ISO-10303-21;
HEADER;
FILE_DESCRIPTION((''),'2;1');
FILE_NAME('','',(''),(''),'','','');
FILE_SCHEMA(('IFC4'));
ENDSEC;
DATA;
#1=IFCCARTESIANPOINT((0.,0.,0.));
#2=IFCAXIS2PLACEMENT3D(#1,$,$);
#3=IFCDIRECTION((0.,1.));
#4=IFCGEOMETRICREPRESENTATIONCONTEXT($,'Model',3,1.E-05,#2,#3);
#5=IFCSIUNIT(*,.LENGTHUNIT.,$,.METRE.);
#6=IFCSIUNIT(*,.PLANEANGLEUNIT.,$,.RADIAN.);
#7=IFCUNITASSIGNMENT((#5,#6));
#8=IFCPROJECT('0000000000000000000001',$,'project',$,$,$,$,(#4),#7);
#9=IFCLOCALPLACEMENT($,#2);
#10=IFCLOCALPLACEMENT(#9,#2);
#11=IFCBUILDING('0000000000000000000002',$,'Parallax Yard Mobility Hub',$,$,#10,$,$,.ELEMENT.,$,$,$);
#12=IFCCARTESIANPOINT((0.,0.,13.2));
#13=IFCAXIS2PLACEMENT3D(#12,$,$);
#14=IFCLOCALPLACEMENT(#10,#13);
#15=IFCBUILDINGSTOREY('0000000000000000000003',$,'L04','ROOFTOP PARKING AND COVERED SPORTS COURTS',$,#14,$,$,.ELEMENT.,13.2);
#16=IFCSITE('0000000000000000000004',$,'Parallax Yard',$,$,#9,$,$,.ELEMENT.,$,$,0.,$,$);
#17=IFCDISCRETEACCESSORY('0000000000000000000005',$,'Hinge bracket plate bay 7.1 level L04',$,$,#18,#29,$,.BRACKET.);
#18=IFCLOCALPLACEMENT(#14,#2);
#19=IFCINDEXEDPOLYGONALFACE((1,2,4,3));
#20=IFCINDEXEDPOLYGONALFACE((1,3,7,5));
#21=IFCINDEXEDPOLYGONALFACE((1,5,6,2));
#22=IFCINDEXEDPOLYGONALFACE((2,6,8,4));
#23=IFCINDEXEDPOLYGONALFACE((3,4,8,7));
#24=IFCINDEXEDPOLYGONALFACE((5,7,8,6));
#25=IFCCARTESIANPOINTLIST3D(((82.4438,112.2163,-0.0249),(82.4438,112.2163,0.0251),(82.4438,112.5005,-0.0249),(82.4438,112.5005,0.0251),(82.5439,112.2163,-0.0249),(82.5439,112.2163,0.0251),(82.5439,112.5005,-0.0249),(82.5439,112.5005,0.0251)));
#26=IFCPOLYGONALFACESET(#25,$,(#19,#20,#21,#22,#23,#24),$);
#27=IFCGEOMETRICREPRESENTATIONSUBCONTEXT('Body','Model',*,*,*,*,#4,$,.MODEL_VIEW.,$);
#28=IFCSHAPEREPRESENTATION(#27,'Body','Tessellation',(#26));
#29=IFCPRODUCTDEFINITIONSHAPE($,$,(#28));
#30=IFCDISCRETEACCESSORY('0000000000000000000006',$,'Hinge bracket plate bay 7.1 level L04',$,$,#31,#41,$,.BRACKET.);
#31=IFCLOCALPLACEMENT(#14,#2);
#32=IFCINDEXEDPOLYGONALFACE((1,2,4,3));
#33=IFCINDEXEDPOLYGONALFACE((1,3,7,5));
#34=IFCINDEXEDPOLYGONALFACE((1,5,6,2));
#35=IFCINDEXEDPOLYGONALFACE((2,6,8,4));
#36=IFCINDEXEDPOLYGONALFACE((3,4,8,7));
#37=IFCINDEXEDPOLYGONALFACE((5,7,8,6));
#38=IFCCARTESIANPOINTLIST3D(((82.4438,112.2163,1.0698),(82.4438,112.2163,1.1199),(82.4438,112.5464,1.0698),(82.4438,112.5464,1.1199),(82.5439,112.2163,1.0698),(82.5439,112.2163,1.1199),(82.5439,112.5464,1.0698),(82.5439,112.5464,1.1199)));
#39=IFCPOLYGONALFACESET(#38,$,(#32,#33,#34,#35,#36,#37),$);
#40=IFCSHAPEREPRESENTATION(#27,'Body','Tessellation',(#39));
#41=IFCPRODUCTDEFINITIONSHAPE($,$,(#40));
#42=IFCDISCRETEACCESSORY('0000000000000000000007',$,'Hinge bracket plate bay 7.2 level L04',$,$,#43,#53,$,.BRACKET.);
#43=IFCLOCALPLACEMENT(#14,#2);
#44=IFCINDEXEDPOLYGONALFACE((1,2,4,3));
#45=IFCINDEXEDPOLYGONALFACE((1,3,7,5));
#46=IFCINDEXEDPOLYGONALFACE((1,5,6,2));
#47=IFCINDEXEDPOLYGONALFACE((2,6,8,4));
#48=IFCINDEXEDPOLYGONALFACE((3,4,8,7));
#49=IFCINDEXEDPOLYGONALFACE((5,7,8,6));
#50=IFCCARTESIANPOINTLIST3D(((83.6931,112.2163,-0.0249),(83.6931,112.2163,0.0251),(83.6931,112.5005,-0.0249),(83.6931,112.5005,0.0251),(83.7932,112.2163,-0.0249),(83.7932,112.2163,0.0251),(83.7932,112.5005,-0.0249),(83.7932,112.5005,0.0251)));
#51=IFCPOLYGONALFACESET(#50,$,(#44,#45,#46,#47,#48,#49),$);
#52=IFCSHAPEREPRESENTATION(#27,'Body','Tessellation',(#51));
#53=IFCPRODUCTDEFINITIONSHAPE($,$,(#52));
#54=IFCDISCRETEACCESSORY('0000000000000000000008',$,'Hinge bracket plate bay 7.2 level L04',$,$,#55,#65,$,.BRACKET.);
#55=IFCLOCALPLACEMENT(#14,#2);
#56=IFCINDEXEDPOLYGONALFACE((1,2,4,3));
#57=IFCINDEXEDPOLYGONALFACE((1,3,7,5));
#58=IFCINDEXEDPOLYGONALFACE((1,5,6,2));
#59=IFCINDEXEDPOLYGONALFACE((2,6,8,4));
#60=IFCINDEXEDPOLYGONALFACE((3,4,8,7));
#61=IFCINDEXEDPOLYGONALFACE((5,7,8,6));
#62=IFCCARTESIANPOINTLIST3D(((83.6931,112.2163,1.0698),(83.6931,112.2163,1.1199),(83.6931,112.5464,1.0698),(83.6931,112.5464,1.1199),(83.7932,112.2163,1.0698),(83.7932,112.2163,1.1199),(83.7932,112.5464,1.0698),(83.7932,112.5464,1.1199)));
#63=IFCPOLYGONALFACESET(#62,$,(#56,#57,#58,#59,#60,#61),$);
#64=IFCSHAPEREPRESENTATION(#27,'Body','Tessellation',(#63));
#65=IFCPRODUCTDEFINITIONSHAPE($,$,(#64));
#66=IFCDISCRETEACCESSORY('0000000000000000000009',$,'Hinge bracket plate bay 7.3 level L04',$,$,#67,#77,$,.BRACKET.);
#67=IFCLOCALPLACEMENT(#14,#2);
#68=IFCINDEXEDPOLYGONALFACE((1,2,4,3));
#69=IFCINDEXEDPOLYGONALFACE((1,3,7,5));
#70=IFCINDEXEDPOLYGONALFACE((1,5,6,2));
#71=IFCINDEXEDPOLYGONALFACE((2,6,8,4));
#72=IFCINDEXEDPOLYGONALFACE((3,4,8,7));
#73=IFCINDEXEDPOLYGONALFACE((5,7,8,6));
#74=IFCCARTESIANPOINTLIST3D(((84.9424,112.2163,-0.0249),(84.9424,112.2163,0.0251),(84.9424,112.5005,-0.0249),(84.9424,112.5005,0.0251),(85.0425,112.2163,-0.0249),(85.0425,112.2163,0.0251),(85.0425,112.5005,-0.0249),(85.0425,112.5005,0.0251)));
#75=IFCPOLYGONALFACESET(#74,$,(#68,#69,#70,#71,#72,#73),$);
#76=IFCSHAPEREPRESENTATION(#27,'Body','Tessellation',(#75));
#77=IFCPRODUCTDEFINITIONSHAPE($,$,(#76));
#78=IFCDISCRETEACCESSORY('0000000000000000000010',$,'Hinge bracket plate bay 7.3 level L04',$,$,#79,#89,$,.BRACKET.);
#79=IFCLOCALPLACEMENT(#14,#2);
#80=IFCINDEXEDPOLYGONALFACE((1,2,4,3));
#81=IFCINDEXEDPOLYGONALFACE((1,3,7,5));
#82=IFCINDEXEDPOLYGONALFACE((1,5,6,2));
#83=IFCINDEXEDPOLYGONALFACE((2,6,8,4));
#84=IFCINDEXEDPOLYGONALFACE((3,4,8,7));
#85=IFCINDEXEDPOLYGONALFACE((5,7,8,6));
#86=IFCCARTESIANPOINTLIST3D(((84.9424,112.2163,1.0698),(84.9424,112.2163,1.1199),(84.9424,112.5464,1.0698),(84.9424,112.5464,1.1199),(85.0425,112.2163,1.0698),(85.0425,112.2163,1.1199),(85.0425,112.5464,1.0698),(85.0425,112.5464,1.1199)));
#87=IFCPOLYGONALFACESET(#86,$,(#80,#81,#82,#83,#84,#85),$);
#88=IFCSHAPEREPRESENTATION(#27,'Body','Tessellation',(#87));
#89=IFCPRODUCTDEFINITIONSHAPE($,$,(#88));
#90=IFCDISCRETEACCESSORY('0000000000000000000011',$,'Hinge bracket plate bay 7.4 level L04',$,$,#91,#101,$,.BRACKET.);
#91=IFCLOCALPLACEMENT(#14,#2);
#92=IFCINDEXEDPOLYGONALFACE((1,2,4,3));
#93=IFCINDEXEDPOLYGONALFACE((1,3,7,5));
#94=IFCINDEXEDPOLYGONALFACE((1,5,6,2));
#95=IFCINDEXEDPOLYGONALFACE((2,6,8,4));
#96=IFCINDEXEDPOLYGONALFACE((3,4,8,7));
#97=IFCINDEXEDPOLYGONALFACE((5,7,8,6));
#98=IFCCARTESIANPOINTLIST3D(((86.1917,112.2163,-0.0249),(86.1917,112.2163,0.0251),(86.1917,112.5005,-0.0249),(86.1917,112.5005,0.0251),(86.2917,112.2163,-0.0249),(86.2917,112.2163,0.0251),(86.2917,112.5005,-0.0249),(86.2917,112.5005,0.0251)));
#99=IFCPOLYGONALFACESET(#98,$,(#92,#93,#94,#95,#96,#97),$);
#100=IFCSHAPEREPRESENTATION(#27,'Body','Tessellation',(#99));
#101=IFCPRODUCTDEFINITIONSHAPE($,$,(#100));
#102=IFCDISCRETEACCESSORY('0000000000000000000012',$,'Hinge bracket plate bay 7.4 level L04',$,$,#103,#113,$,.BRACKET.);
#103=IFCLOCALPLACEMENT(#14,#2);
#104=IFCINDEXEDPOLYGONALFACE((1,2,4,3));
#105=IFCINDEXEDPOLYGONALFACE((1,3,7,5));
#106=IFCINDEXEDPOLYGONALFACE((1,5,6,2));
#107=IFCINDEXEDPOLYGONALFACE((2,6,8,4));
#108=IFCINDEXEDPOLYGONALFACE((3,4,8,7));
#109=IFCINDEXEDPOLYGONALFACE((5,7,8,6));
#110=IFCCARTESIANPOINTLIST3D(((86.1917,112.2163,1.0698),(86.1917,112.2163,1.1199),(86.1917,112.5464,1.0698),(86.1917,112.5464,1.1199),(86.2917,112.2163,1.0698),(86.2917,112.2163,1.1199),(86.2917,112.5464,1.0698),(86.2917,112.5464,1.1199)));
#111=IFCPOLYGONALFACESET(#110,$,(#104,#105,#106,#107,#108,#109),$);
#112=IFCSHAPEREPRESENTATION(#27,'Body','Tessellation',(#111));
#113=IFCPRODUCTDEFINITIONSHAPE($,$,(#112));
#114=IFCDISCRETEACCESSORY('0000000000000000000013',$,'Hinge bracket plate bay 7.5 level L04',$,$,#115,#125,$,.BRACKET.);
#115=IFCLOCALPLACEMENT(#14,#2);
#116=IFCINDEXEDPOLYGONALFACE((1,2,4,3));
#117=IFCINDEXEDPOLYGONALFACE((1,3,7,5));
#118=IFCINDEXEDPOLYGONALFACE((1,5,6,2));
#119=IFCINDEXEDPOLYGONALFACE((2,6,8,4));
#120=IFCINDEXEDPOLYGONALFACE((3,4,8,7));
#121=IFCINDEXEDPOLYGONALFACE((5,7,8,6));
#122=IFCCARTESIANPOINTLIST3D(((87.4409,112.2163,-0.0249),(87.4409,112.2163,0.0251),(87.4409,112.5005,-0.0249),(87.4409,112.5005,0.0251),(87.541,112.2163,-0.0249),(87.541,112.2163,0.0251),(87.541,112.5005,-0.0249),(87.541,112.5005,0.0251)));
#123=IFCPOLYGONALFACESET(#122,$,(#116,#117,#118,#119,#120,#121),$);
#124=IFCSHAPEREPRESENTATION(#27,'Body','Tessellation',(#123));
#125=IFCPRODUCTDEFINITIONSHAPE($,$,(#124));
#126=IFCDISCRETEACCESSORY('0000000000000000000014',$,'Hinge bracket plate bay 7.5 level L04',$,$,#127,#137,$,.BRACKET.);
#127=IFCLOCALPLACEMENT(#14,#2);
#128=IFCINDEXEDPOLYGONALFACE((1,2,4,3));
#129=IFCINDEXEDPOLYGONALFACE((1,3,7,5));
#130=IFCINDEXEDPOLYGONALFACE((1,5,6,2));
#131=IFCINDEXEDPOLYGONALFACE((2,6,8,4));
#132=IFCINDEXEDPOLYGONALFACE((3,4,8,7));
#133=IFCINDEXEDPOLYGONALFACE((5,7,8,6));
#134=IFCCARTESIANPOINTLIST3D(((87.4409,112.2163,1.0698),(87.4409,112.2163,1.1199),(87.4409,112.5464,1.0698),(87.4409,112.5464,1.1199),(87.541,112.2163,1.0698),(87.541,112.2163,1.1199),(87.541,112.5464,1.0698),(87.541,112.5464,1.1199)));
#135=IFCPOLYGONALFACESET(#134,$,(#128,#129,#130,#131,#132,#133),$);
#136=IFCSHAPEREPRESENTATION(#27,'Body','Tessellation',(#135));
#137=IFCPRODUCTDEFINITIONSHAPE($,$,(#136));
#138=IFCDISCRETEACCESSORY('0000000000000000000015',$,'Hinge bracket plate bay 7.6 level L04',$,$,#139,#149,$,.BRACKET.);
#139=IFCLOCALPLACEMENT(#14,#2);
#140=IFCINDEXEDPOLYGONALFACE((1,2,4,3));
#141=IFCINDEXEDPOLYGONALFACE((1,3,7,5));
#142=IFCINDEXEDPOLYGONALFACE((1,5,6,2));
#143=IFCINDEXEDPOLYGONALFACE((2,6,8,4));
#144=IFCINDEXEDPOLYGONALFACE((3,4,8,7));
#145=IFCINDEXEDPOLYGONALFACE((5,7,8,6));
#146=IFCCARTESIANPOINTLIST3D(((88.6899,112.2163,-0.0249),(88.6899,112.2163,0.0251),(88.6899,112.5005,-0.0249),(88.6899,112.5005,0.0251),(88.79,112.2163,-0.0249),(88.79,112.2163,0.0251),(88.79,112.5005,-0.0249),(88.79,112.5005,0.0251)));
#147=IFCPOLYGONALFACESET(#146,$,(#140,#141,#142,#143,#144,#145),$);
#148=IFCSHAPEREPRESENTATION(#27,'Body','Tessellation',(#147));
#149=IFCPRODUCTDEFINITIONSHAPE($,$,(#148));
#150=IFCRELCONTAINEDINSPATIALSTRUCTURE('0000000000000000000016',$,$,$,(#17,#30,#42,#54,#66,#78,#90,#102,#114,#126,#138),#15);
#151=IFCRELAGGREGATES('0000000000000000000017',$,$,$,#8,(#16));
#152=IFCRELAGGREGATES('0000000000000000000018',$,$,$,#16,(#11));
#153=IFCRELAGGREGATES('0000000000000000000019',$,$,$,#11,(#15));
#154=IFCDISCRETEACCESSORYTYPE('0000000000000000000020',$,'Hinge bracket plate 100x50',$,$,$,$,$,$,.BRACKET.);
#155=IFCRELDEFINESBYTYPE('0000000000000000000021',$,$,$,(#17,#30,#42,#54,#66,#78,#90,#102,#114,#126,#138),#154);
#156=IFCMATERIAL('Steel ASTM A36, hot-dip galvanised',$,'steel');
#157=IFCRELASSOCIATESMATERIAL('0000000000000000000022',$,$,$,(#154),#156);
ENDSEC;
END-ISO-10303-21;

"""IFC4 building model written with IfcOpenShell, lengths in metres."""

from ifc_helpers import new_model, si_unit, direction, frame, origin, origin_2d, place, context, subcontext, project, spatial, rectangle, extrude, material, type_object, element, save


model = new_model("IFC4")

# Units and contexts
model_context = context("Model", 3, precision=1e-05, world=origin(), true_north=direction((0.0, 1.0)))
body_context = subcontext(model_context, "Body", "Model", "MODEL_VIEW")
ifc_project = project(units=[si_unit("LENGTHUNIT", "METRE"), si_unit("PLANEANGLEUNIT", "RADIAN")], contexts=[model_context])

# Site, building, storey
site_placement = place(None, origin())
site = spatial("IfcSite", under=ifc_project, at=site_placement, Name="Parallax Yard", CompositionType="ELEMENT", RefElevation=0.0)
building_placement = place(site_placement, origin())
building = spatial("IfcBuilding", under=site, at=building_placement, Name="Parallax Yard Mobility Hub", CompositionType="ELEMENT")
storey_placement = place(building_placement, frame((0.0, 0.0, 13.2)))
storey = spatial("IfcBuildingStorey", under=building, at=storey_placement, Name="L04", Description="ROOFTOP PARKING AND COVERED SPORTS COURTS", CompositionType="ELEMENT", Elevation=13.2)

# Discrete accessories
ifc_material_1 = material(Name="Steel ASTM A36, hot-dip galvanised", Category="steel")
discrete_accessory_type_1 = type_object("IfcDiscreteAccessoryType", Name="Hinge bracket plate 100x50", PredefinedType="BRACKET", material=ifc_material_1)
for number, where, z_axis, x_axis, name in (
    (1, (82.4939, 112.3584, -0.0249), (0.0, 0.0, 1.0), (0.0, -1.0, 0.0), "Hinge bracket plate bay 7.1 level L04"),
):
    element("IfcDiscreteAccessory", number, at=place(storey_placement, frame(where, z_axis=z_axis, x_axis=x_axis)), inside=storey, type_object=discrete_accessory_type_1, Name=name, PredefinedType="BRACKET", context=body_context, shape_type="SweptSolid", body=[
        extrude(rectangle(XDim=0.2842, YDim=0.1001, at=origin_2d()), origin(), (0.0, 0.0, 1.0), 0.05),
    ])
discrete_accessory_1_placement = place(storey_placement, frame((82.4939, 112.3813, 1.0698), z_axis=(0.0, 0.0, 1.0), x_axis=(0.0, -1.0, 0.0)))
element("IfcDiscreteAccessory", 2, at=discrete_accessory_1_placement, inside=storey, type_object=discrete_accessory_type_1, Name="Hinge bracket plate bay 7.1 level L04", PredefinedType="BRACKET", context=body_context, shape_type="SweptSolid", body=[
    extrude(rectangle(XDim=0.3301, YDim=0.1001, at=origin_2d()), origin(), (0.0, 0.0, 1.0), 0.05),
])
discrete_accessory_2_placement = place(storey_placement, frame((83.7432, 112.3584, -0.0249), z_axis=(0.0, 0.0, 1.0), x_axis=(0.0, -1.0, 0.0)))
element("IfcDiscreteAccessory", 3, at=discrete_accessory_2_placement, inside=storey, type_object=discrete_accessory_type_1, Name="Hinge bracket plate bay 7.2 level L04", PredefinedType="BRACKET", context=body_context, shape_type="SweptSolid", body=[
    extrude(rectangle(XDim=0.2842, YDim=0.1001, at=origin_2d()), origin(), (0.0, 0.0, 1.0), 0.05),
])
discrete_accessory_3_placement = place(storey_placement, frame((83.7432, 112.3813, 1.0698), z_axis=(0.0, 0.0, 1.0), x_axis=(0.0, -1.0, 0.0)))
element("IfcDiscreteAccessory", 4, at=discrete_accessory_3_placement, inside=storey, type_object=discrete_accessory_type_1, Name="Hinge bracket plate bay 7.2 level L04", PredefinedType="BRACKET", context=body_context, shape_type="SweptSolid", body=[
    extrude(rectangle(XDim=0.3301, YDim=0.1001, at=origin_2d()), origin(), (0.0, 0.0, 1.0), 0.05),
])
discrete_accessory_4_placement = place(storey_placement, frame((84.9924, 112.3584, -0.0249), z_axis=(0.0, 0.0, 1.0), x_axis=(0.0, -1.0, 0.0)))
element("IfcDiscreteAccessory", 5, at=discrete_accessory_4_placement, inside=storey, type_object=discrete_accessory_type_1, Name="Hinge bracket plate bay 7.3 level L04", PredefinedType="BRACKET", context=body_context, shape_type="SweptSolid", body=[
    extrude(rectangle(XDim=0.2842, YDim=0.1001, at=origin_2d()), origin(), (0.0, 0.0, 1.0), 0.05),
])
discrete_accessory_5_placement = place(storey_placement, frame((84.9924, 112.3813, 1.0698), z_axis=(0.0, 0.0, 1.0), x_axis=(0.0, -1.0, 0.0)))
element("IfcDiscreteAccessory", 6, at=discrete_accessory_5_placement, inside=storey, type_object=discrete_accessory_type_1, Name="Hinge bracket plate bay 7.3 level L04", PredefinedType="BRACKET", context=body_context, shape_type="SweptSolid", body=[
    extrude(rectangle(XDim=0.3301, YDim=0.1001, at=origin_2d()), origin(), (0.0, 0.0, 1.0), 0.05),
])
discrete_accessory_6_placement = place(storey_placement, frame((86.2417, 112.3584, -0.0249), z_axis=(0.0, 0.0, 1.0), x_axis=(0.0, -1.0, 0.0)))
element("IfcDiscreteAccessory", 7, at=discrete_accessory_6_placement, inside=storey, type_object=discrete_accessory_type_1, Name="Hinge bracket plate bay 7.4 level L04", PredefinedType="BRACKET", context=body_context, shape_type="SweptSolid", body=[
    extrude(rectangle(XDim=0.2842, YDim=0.1001, at=origin_2d()), origin(), (0.0, 0.0, 1.0), 0.05),
])
discrete_accessory_7_placement = place(storey_placement, frame((86.2417, 112.3813, 1.0698), z_axis=(0.0, 0.0, 1.0), x_axis=(0.0, -1.0, 0.0)))
element("IfcDiscreteAccessory", 8, at=discrete_accessory_7_placement, inside=storey, type_object=discrete_accessory_type_1, Name="Hinge bracket plate bay 7.4 level L04", PredefinedType="BRACKET", context=body_context, shape_type="SweptSolid", body=[
    extrude(rectangle(XDim=0.3301, YDim=0.1001, at=origin_2d()), origin(), (0.0, 0.0, 1.0), 0.05),
])
discrete_accessory_8_placement = place(storey_placement, frame((87.491, 112.3584, -0.0249), z_axis=(0.0, 0.0, 1.0), x_axis=(0.0, -1.0, 0.0)))
element("IfcDiscreteAccessory", 9, at=discrete_accessory_8_placement, inside=storey, type_object=discrete_accessory_type_1, Name="Hinge bracket plate bay 7.5 level L04", PredefinedType="BRACKET", context=body_context, shape_type="SweptSolid", body=[
    extrude(rectangle(XDim=0.2842, YDim=0.1001, at=origin_2d()), origin(), (0.0, 0.0, 1.0), 0.05),
])
discrete_accessory_9_placement = place(storey_placement, frame((87.491, 112.3813, 1.0698), z_axis=(0.0, 0.0, 1.0), x_axis=(0.0, -1.0, 0.0)))
element("IfcDiscreteAccessory", 10, at=discrete_accessory_9_placement, inside=storey, type_object=discrete_accessory_type_1, Name="Hinge bracket plate bay 7.5 level L04", PredefinedType="BRACKET", context=body_context, shape_type="SweptSolid", body=[
    extrude(rectangle(XDim=0.3301, YDim=0.1001, at=origin_2d()), origin(), (0.0, 0.0, 1.0), 0.05),
])
discrete_accessory_10_placement = place(storey_placement, frame((88.74, 112.3584, -0.0249), z_axis=(0.0, 0.0, 1.0), x_axis=(0.0, -1.0, 0.0)))
element("IfcDiscreteAccessory", 11, at=discrete_accessory_10_placement, inside=storey, type_object=discrete_accessory_type_1, Name="Hinge bracket plate bay 7.6 level L04", PredefinedType="BRACKET", context=body_context, shape_type="SweptSolid", body=[
    extrude(rectangle(XDim=0.2842, YDim=0.1001, at=origin_2d()), origin(), (0.0, 0.0, 1.0), 0.05),
])

save(model, "model.ifc")
